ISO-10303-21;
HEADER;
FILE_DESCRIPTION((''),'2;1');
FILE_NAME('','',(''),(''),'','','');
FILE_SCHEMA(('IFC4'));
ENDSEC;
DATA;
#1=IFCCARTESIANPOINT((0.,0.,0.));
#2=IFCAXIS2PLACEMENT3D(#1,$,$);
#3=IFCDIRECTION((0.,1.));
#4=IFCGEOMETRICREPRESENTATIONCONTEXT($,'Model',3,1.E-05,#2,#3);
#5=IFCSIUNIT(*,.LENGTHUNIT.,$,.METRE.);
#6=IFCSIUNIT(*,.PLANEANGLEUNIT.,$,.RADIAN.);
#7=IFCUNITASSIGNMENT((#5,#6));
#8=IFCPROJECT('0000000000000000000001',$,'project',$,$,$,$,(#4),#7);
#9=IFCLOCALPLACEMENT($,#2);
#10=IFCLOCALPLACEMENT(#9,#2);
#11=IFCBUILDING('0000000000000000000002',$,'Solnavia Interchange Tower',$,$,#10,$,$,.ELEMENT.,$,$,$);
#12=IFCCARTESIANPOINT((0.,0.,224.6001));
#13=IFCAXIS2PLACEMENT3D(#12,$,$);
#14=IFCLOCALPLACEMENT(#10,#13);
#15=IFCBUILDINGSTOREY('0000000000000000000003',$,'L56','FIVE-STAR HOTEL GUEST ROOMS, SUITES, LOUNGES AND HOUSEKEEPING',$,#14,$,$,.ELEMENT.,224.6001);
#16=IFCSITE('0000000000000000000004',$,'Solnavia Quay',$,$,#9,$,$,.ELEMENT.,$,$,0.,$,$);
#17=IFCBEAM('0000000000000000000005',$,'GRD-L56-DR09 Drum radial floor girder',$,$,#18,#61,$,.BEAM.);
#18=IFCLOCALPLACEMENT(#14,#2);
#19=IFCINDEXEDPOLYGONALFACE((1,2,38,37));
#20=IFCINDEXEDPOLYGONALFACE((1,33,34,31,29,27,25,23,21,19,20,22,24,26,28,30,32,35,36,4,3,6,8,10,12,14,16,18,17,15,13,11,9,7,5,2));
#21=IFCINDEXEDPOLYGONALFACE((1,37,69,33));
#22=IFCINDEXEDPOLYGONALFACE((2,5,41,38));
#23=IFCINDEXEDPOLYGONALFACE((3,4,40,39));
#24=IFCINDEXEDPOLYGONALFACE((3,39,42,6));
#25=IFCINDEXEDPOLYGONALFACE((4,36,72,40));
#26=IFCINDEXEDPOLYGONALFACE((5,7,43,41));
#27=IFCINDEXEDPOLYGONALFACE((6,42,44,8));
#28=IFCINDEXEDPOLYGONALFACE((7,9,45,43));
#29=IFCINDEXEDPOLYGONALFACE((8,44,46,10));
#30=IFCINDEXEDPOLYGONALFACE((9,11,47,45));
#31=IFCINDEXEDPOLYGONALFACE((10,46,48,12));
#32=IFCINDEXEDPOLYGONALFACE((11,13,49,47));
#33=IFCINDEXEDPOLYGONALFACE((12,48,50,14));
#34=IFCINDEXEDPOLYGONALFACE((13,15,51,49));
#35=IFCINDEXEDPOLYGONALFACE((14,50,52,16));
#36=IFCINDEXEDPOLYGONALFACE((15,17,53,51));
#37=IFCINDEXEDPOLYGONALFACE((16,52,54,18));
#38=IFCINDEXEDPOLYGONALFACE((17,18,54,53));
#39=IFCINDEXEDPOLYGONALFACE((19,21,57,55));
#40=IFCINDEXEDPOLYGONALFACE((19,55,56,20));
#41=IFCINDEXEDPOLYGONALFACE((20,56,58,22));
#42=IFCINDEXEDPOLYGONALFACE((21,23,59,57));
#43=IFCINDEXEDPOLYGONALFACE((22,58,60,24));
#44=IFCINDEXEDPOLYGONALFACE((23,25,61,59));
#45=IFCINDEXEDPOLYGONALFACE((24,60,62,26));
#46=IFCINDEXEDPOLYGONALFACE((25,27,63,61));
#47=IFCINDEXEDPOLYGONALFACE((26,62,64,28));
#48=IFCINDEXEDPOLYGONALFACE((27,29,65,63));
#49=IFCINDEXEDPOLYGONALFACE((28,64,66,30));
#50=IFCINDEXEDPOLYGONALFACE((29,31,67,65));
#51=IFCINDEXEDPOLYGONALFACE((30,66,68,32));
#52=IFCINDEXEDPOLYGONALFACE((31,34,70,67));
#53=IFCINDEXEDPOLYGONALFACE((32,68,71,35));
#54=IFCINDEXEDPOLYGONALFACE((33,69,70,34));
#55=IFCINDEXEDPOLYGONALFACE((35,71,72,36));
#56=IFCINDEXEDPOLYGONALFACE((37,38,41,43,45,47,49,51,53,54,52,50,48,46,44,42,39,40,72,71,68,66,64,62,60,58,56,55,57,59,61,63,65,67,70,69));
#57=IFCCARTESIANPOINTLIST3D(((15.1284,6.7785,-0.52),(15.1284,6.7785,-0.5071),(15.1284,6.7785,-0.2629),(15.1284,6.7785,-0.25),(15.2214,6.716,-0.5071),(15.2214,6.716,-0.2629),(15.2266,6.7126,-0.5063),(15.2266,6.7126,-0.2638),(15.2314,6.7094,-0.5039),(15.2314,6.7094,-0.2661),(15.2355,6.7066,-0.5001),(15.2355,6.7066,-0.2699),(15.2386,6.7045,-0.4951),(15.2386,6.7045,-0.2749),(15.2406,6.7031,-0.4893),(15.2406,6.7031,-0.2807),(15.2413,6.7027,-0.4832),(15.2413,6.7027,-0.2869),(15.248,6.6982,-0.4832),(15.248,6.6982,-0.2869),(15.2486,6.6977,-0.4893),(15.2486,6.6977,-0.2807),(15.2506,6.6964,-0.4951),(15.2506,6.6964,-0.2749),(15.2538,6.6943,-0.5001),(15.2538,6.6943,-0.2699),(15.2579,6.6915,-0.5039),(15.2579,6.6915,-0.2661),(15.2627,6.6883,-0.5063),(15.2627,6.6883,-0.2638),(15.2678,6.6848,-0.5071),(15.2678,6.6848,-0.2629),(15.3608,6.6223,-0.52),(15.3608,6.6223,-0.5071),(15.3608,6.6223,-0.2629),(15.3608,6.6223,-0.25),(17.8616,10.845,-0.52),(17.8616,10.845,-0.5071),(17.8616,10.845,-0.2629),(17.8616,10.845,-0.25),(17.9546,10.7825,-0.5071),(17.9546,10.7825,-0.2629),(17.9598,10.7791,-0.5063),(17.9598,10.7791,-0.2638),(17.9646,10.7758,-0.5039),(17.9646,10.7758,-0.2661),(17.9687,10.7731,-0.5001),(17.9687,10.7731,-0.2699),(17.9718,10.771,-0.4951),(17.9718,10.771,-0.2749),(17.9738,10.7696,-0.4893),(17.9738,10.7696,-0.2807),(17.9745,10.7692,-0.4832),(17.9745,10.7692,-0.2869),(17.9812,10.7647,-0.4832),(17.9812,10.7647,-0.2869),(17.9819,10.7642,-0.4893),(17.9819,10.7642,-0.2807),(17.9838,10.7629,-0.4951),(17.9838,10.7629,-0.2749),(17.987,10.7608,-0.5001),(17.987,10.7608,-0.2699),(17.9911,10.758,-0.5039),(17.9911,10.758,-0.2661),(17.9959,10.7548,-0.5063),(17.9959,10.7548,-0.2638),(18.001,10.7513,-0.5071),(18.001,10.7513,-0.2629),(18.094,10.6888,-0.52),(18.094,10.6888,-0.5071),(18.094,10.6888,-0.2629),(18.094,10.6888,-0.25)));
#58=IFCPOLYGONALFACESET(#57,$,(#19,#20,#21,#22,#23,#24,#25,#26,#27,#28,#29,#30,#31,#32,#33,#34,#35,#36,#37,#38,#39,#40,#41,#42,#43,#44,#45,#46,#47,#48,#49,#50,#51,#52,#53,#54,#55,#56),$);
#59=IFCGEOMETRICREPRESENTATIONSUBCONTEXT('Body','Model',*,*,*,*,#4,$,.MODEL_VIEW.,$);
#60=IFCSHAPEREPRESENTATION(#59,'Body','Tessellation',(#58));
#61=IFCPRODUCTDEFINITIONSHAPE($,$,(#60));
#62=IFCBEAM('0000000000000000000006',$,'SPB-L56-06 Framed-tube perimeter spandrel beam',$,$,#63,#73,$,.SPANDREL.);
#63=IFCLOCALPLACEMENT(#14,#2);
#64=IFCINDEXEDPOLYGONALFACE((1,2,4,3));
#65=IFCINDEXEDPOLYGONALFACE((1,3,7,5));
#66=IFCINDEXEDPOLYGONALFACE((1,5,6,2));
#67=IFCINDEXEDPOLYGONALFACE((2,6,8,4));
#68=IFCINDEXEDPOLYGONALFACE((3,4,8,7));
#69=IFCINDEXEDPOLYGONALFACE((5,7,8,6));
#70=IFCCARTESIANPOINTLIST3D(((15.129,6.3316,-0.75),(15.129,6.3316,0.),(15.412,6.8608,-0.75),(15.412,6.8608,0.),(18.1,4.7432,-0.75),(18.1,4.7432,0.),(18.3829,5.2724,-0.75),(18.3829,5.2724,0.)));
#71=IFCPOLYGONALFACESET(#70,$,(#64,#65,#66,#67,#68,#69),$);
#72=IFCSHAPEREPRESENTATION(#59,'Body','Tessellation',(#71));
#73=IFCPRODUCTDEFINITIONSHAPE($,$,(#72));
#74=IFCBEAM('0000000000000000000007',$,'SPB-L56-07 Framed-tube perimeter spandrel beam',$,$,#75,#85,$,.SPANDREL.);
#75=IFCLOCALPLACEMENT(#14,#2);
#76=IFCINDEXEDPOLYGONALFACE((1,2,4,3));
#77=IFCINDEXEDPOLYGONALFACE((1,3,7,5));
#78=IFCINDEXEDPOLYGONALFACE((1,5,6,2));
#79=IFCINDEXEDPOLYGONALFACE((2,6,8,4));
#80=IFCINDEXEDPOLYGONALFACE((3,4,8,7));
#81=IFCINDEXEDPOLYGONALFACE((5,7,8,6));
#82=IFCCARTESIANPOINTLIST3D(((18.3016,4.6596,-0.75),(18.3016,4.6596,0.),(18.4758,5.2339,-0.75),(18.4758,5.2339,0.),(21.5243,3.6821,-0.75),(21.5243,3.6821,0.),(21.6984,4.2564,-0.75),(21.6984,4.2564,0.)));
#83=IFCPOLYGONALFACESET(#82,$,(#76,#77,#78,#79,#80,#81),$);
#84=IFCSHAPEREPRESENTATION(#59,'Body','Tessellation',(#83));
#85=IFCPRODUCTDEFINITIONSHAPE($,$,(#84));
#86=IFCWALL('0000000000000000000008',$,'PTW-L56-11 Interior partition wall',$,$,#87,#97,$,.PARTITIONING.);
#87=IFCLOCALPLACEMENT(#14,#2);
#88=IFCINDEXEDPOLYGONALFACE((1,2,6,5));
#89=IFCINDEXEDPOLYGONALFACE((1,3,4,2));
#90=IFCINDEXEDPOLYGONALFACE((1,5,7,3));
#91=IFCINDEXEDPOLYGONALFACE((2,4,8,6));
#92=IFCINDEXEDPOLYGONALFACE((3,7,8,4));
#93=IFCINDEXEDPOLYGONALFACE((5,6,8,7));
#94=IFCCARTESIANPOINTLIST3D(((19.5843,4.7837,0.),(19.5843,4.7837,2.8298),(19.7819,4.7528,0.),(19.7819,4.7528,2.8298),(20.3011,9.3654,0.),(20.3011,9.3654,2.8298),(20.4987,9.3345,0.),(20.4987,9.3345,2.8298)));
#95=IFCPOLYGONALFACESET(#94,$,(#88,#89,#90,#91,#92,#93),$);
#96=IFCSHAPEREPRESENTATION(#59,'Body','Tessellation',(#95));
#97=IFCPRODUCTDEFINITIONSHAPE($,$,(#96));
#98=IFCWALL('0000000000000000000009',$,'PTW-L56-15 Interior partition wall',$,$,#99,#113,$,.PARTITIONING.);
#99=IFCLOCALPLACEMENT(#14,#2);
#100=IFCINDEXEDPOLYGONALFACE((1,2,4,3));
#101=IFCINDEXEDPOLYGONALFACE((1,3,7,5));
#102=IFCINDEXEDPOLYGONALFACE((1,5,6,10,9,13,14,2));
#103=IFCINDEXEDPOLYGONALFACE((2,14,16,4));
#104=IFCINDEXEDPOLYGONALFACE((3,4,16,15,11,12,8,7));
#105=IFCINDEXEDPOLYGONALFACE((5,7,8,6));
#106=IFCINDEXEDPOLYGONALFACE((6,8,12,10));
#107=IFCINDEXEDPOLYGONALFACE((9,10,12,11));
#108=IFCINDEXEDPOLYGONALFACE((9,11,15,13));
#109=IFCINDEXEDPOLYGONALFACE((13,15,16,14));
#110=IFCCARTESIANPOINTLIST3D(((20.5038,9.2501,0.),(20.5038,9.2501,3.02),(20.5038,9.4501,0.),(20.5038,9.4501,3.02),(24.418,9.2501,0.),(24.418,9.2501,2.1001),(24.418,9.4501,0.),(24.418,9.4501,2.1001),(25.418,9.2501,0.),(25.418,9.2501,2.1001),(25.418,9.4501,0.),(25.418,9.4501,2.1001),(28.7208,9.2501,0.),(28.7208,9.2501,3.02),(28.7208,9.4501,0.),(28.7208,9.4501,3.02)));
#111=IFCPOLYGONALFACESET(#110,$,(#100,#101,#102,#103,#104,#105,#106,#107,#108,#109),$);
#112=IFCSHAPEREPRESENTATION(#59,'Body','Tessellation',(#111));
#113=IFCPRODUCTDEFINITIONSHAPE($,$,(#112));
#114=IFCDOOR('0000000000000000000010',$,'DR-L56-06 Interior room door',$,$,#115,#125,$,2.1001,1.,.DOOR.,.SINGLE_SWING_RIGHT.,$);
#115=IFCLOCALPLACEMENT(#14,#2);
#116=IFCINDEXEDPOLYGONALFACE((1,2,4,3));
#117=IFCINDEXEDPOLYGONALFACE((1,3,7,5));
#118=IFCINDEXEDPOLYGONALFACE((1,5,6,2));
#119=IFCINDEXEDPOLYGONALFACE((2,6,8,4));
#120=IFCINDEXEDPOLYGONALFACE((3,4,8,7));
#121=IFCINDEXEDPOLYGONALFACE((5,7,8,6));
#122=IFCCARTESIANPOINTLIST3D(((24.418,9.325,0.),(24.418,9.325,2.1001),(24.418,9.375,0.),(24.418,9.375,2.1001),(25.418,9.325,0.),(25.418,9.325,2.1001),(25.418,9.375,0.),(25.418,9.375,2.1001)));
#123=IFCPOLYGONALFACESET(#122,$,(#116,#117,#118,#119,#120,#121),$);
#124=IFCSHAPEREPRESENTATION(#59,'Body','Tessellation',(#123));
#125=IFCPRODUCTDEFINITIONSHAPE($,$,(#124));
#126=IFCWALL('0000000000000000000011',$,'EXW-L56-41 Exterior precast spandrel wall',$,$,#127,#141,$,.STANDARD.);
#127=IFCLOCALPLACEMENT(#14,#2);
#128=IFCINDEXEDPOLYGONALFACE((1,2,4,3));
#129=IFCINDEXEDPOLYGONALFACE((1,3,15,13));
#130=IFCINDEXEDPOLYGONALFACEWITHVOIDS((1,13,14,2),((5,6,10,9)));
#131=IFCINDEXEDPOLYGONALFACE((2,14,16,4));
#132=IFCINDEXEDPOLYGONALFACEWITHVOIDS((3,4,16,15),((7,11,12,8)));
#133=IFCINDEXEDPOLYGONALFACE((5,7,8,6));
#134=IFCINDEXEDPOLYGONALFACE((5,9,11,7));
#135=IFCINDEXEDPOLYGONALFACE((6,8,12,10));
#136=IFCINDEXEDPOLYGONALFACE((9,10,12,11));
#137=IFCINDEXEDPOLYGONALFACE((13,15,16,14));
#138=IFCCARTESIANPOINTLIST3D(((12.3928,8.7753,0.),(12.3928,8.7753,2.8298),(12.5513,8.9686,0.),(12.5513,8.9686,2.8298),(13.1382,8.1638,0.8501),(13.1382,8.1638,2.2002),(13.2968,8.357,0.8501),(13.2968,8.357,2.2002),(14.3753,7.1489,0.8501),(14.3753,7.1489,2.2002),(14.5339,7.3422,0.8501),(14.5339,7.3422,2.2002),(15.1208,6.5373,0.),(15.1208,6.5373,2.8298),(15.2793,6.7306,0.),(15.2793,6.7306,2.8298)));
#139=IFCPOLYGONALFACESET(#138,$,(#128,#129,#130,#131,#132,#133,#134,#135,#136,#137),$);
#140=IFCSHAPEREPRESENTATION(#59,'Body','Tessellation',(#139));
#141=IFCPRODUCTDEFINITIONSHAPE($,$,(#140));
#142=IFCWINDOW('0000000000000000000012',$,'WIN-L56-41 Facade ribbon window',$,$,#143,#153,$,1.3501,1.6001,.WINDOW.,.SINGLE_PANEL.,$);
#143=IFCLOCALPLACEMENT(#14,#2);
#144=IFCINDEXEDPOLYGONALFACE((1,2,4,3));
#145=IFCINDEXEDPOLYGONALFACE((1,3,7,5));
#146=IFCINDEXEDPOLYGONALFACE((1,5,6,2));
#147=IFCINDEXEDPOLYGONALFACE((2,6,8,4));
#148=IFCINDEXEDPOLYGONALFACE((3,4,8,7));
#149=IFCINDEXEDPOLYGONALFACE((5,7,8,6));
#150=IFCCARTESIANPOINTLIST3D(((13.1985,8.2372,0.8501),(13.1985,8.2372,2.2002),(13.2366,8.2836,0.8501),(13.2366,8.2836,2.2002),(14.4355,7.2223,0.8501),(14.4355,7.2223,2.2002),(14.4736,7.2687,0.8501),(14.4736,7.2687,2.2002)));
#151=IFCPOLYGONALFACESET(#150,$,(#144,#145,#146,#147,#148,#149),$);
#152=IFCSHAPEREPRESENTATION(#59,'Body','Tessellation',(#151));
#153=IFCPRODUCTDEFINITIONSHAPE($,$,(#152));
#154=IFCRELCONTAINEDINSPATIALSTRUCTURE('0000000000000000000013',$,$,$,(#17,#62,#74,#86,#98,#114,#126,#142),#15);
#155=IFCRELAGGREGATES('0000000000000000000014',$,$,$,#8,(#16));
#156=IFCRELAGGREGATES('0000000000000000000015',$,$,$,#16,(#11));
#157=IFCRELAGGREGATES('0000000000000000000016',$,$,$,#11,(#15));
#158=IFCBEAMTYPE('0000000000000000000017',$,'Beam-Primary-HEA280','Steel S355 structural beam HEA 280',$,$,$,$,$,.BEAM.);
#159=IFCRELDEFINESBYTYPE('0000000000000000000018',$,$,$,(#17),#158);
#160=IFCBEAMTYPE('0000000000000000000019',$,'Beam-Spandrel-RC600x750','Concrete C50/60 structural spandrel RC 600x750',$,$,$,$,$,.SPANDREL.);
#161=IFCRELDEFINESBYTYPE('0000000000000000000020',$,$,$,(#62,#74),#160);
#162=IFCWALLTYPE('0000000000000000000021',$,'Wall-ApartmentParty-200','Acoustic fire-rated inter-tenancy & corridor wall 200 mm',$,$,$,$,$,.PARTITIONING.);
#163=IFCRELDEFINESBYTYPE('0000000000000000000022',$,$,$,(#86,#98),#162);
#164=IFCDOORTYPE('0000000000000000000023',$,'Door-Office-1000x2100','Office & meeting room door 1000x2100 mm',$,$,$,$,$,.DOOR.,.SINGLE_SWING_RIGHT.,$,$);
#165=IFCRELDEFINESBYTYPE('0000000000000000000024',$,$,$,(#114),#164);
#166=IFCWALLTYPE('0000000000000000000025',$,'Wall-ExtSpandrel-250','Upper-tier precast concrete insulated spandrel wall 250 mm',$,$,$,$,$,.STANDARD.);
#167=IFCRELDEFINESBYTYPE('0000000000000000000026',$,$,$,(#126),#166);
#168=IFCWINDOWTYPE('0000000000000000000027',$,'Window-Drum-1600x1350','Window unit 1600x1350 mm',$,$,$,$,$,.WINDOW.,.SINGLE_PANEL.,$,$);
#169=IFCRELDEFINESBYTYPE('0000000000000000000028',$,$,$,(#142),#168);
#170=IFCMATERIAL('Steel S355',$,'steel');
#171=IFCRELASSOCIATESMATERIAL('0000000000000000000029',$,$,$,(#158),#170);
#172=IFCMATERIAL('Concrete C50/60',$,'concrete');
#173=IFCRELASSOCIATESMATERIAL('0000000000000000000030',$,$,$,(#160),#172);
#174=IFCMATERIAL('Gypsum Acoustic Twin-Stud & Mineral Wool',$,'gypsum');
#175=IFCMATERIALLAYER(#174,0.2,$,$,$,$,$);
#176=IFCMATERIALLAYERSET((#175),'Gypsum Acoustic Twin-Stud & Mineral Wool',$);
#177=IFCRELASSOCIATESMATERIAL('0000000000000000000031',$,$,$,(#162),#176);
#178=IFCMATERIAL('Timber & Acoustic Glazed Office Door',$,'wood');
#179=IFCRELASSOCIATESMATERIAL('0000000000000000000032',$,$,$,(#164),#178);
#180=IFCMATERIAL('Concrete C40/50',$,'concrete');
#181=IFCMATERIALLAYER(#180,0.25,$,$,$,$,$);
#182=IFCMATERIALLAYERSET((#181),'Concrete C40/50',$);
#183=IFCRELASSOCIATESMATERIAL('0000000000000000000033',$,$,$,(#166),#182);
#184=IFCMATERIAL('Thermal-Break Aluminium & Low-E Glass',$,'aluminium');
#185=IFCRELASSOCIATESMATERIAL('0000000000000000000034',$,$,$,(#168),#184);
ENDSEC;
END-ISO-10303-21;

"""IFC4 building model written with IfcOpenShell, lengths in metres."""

from ifc_helpers import new_model, si_unit, direction, frame, frame_2d, origin, origin_2d, place, context, subcontext, project, spatial, rectangle, i_section, extrude, material, layer, layer_set, material_profile, profile_set, type_object, element, fill, save


model = new_model("IFC4")

# Units and contexts
model_context = context("Model", 3, precision=1e-05, world=origin(), true_north=direction((0.0, 1.0)))
body_context = subcontext(model_context, "Body", "Model", "MODEL_VIEW")
ifc_project = project(units=[si_unit("LENGTHUNIT", "METRE"), si_unit("PLANEANGLEUNIT", "RADIAN")], contexts=[model_context])

# Site, building, storey
site_placement = place(None, origin())
site = spatial("IfcSite", under=ifc_project, at=site_placement, Name="Solnavia Quay", CompositionType="ELEMENT", RefElevation=0.0)
building_placement = place(site_placement, origin())
building = spatial("IfcBuilding", under=site, at=building_placement, Name="Solnavia Interchange Tower", CompositionType="ELEMENT")
storey_placement = place(building_placement, frame((0.0, 0.0, 224.6001)))
storey = spatial("IfcBuildingStorey", under=building, at=storey_placement, Name="L56", Description="FIVE-STAR HOTEL GUEST ROOMS, SUITES, LOUNGES AND HOUSEKEEPING", CompositionType="ELEMENT", Elevation=224.6001)

# Shared definitions
ifc_material_1 = material(Name="Concrete C50/60", Category="concrete")

# Beams
ifc_material_2 = material(Name="Steel S355", Category="steel")
ifc_material_profile_1 = material_profile(ifc_material_2, i_section(OverallWidth=0.28, OverallDepth=0.27, WebThickness=0.0081, FlangeThickness=0.0129, FilletRadius=0.0239, at=origin_2d()), Name="HEA 280")
ifc_profile_set_1 = profile_set([ifc_material_profile_1], Name="Steel S355")
beam_type_1 = type_object("IfcBeamType", Name="Beam-Primary-HEA280", Description="Steel S355 structural beam HEA 280", PredefinedType="BEAM", material=ifc_profile_set_1)
beam_1_placement = place(storey_placement, frame((15.2446, 6.7004, -0.385), z_axis=(0.557835, 0.829952, 0.0), x_axis=(-0.829952, 0.557835, 0.0)))
element("IfcBeam", 1, at=beam_1_placement, inside=storey, type_object=beam_type_1, Name="GRD-L56-DR09 Drum radial floor girder", PredefinedType="BEAM", context=body_context, shape_type="SweptSolid", body=[
    extrude(i_section(OverallWidth=0.28, OverallDepth=0.27, WebThickness=0.0081, FlangeThickness=0.0129, FilletRadius=0.0239, at=origin_2d()), origin(), (0.0, 0.0, 1.0), 4.8997),
])
ifc_material_profile_2 = material_profile(ifc_material_1, rectangle(XDim=0.6001, YDim=0.75, at=origin_2d()), Name="RC 600x750")
ifc_profile_set_2 = profile_set([ifc_material_profile_2], Name="Concrete C50/60")
beam_type_2 = type_object("IfcBeamType", Name="Beam-Spandrel-RC600x750", Description="Concrete C50/60 structural spandrel RC 600x750", PredefinedType="SPANDREL", material=ifc_profile_set_2)
beam_2_placement = place(storey_placement, frame((15.2705, 6.5962, -0.375), z_axis=(0.881875, -0.471483, 0.0), x_axis=(0.471483, 0.881875, 0.0)))
element("IfcBeam", 2, at=beam_2_placement, inside=storey, type_object=beam_type_2, Name="SPB-L56-06 Framed-tube perimeter spandrel beam", PredefinedType="SPANDREL", context=body_context, shape_type="SweptSolid", body=[
    extrude(rectangle(XDim=0.6001, YDim=0.75, at=origin_2d()), origin(), (0.0, 0.0, 1.0), 3.3689),
])
beam_3_placement = place(storey_placement, frame((18.3887, 4.9468, -0.375), z_axis=(0.956944, -0.290273, 0.0), x_axis=(0.290273, 0.956944, 0.0)))
element("IfcBeam", 3, at=beam_3_placement, inside=storey, type_object=beam_type_2, Name="SPB-L56-07 Framed-tube perimeter spandrel beam", PredefinedType="SPANDREL", context=body_context, shape_type="SweptSolid", body=[
    extrude(rectangle(XDim=0.6001, YDim=0.75, at=origin_2d()), origin(), (0.0, 0.0, 1.0), 3.3677),
])

# Wall
ifc_material_3 = material(Name="Gypsum Acoustic Twin-Stud & Mineral Wool", Category="gypsum")
ifc_layer_1 = layer(ifc_material_3, 0.2)
ifc_layer_set_1 = layer_set([ifc_layer_1], Name="Gypsum Acoustic Twin-Stud & Mineral Wool")
wall_type_1 = type_object("IfcWallType", Name="Wall-ApartmentParty-200", Description="Acoustic fire-rated inter-tenancy & corridor wall 200 mm", PredefinedType="PARTITIONING", material=ifc_layer_set_1)
wall_1_placement = place(storey_placement, frame((20.3999, 9.3501, 0.0), z_axis=(0.0, 0.0, 1.0), x_axis=(-0.154565, -0.987983, 0.0)))
element("IfcWall", 4, at=wall_1_placement, inside=storey, type_object=wall_type_1, Name="PTW-L56-11 Interior partition wall", PredefinedType="PARTITIONING", context=body_context, shape_type="SweptSolid", body=[
    extrude(rectangle(XDim=4.6375, YDim=0.2, at=frame_2d((2.3188, 0.0))), origin(), (0.0, 0.0, 1.0), 2.8298),
])

# Wall, opening, door
wall_2_placement = place(storey_placement, frame((20.5039, 9.3501, 0.0), z_axis=(0.0, 0.0, 1.0), x_axis=(1.0, 0.0, 0.0)))
wall_2 = element("IfcWall", 5, at=wall_2_placement, inside=storey, type_object=wall_type_1, Name="PTW-L56-15 Interior partition wall", PredefinedType="PARTITIONING", context=body_context, shape_type="SweptSolid", body=[
    extrude(rectangle(XDim=8.217, YDim=0.2, at=frame_2d((4.1084, 0.0))), origin(), (0.0, 0.0, 1.0), 3.02),
])
opening_1_placement = place(wall_2_placement, frame((3.9141, 0.0, 0.0)))
opening_1 = element("IfcOpeningElement", 6, at=opening_1_placement, cuts=wall_2, PredefinedType="OPENING", context=body_context, shape_type="SweptSolid", body=[
    extrude(rectangle(XDim=1.0, YDim=2.1001, at=frame_2d((0.5, 1.05))), frame((0.0, 0.1099, 0.0), z_axis=(0.0, -1.0, 0.0), x_axis=(1.0, 0.0, 0.0)), (0.0, 0.0, 1.0), 0.22),
])
ifc_material_4 = material(Name="Timber & Acoustic Glazed Office Door", Category="wood")
door_type_1 = type_object("IfcDoorType", Name="Door-Office-1000x2100", Description="Office & meeting room door 1000x2100 mm", OperationType="SINGLE_SWING_RIGHT", PredefinedType="DOOR", material=ifc_material_4)
door_1_placement = place(opening_1_placement, origin())
door_1 = element("IfcDoor", 7, at=door_1_placement, inside=storey, type_object=door_type_1, Name="DR-L56-06 Interior room door", OperationType="SINGLE_SWING_RIGHT", OverallHeight=2.1001, OverallWidth=1.0, PredefinedType="DOOR", context=body_context, shape_type="SweptSolid", body=[
    extrude(rectangle(XDim=1.0, YDim=2.1001, at=frame_2d((0.5, 1.05))), frame((0.0, 0.0249, 0.0), z_axis=(0.0, -1.0, 0.0), x_axis=(1.0, 0.0, 0.0)), (0.0, 0.0, 1.0), 0.05),
])
fill(opening_1, door_1)

# Wall, opening, window
ifc_material_5 = material(Name="Concrete C40/50", Category="concrete")
ifc_layer_2 = layer(ifc_material_5, 0.25)
ifc_layer_set_2 = layer_set([ifc_layer_2], Name="Concrete C40/50")
wall_type_2 = type_object("IfcWallType", Name="Wall-ExtSpandrel-250", Description="Upper-tier precast concrete insulated spandrel wall 250 mm", PredefinedType="STANDARD", material=ifc_layer_set_2)
wall_3_placement = place(storey_placement, frame((15.2, 6.634, 0.0), z_axis=(0.0, 0.0, 1.0), x_axis=(-0.773121, 0.634258, 0.0)))
wall_3 = element("IfcWall", 8, at=wall_3_placement, inside=storey, type_object=wall_type_2, Name="EXW-L56-41 Exterior precast spandrel wall", PredefinedType="STANDARD", context=body_context, shape_type="SweptSolid", body=[
    extrude(rectangle(XDim=3.5286, YDim=0.25, at=frame_2d((1.7642, 0.0))), origin(), (0.0, 0.0, 1.0), 2.8298),
])
opening_2_placement = place(wall_3_placement, frame((0.9641, 0.0, 0.8501)))
opening_2 = element("IfcOpeningElement", 9, at=opening_2_placement, cuts=wall_3, PredefinedType="OPENING", context=body_context, shape_type="SweptSolid", body=[
    extrude(rectangle(XDim=1.6001, YDim=1.3501, at=frame_2d((0.8, 0.675))), frame((0.0, 0.135, 0.0), z_axis=(0.0, -1.0, 0.0), x_axis=(1.0, 0.0, 0.0)), (0.0, 0.0, 1.0), 0.27),
])
ifc_material_6 = material(Name="Thermal-Break Aluminium & Low-E Glass", Category="aluminium")
window_type = type_object("IfcWindowType", Name="Window-Drum-1600x1350", Description="Window unit 1600x1350 mm", PartitioningType="SINGLE_PANEL", PredefinedType="WINDOW", material=ifc_material_6)
window_1_placement = place(opening_2_placement, origin())
window_1 = element("IfcWindow", 10, at=window_1_placement, inside=storey, type_object=window_type, Name="WIN-L56-41 Facade ribbon window", OverallHeight=1.3501, OverallWidth=1.6001, PartitioningType="SINGLE_PANEL", PredefinedType="WINDOW", context=body_context, shape_type="SweptSolid", body=[
    extrude(rectangle(XDim=1.6001, YDim=1.3501, at=frame_2d((0.8, 0.675))), frame((0.0, 0.03, 0.0), z_axis=(0.0, -1.0, 0.0), x_axis=(1.0, 0.0, 0.0)), (0.0, 0.0, 1.0), 0.0601),
])
fill(opening_2, window_1)

save(model, "model.ifc")
